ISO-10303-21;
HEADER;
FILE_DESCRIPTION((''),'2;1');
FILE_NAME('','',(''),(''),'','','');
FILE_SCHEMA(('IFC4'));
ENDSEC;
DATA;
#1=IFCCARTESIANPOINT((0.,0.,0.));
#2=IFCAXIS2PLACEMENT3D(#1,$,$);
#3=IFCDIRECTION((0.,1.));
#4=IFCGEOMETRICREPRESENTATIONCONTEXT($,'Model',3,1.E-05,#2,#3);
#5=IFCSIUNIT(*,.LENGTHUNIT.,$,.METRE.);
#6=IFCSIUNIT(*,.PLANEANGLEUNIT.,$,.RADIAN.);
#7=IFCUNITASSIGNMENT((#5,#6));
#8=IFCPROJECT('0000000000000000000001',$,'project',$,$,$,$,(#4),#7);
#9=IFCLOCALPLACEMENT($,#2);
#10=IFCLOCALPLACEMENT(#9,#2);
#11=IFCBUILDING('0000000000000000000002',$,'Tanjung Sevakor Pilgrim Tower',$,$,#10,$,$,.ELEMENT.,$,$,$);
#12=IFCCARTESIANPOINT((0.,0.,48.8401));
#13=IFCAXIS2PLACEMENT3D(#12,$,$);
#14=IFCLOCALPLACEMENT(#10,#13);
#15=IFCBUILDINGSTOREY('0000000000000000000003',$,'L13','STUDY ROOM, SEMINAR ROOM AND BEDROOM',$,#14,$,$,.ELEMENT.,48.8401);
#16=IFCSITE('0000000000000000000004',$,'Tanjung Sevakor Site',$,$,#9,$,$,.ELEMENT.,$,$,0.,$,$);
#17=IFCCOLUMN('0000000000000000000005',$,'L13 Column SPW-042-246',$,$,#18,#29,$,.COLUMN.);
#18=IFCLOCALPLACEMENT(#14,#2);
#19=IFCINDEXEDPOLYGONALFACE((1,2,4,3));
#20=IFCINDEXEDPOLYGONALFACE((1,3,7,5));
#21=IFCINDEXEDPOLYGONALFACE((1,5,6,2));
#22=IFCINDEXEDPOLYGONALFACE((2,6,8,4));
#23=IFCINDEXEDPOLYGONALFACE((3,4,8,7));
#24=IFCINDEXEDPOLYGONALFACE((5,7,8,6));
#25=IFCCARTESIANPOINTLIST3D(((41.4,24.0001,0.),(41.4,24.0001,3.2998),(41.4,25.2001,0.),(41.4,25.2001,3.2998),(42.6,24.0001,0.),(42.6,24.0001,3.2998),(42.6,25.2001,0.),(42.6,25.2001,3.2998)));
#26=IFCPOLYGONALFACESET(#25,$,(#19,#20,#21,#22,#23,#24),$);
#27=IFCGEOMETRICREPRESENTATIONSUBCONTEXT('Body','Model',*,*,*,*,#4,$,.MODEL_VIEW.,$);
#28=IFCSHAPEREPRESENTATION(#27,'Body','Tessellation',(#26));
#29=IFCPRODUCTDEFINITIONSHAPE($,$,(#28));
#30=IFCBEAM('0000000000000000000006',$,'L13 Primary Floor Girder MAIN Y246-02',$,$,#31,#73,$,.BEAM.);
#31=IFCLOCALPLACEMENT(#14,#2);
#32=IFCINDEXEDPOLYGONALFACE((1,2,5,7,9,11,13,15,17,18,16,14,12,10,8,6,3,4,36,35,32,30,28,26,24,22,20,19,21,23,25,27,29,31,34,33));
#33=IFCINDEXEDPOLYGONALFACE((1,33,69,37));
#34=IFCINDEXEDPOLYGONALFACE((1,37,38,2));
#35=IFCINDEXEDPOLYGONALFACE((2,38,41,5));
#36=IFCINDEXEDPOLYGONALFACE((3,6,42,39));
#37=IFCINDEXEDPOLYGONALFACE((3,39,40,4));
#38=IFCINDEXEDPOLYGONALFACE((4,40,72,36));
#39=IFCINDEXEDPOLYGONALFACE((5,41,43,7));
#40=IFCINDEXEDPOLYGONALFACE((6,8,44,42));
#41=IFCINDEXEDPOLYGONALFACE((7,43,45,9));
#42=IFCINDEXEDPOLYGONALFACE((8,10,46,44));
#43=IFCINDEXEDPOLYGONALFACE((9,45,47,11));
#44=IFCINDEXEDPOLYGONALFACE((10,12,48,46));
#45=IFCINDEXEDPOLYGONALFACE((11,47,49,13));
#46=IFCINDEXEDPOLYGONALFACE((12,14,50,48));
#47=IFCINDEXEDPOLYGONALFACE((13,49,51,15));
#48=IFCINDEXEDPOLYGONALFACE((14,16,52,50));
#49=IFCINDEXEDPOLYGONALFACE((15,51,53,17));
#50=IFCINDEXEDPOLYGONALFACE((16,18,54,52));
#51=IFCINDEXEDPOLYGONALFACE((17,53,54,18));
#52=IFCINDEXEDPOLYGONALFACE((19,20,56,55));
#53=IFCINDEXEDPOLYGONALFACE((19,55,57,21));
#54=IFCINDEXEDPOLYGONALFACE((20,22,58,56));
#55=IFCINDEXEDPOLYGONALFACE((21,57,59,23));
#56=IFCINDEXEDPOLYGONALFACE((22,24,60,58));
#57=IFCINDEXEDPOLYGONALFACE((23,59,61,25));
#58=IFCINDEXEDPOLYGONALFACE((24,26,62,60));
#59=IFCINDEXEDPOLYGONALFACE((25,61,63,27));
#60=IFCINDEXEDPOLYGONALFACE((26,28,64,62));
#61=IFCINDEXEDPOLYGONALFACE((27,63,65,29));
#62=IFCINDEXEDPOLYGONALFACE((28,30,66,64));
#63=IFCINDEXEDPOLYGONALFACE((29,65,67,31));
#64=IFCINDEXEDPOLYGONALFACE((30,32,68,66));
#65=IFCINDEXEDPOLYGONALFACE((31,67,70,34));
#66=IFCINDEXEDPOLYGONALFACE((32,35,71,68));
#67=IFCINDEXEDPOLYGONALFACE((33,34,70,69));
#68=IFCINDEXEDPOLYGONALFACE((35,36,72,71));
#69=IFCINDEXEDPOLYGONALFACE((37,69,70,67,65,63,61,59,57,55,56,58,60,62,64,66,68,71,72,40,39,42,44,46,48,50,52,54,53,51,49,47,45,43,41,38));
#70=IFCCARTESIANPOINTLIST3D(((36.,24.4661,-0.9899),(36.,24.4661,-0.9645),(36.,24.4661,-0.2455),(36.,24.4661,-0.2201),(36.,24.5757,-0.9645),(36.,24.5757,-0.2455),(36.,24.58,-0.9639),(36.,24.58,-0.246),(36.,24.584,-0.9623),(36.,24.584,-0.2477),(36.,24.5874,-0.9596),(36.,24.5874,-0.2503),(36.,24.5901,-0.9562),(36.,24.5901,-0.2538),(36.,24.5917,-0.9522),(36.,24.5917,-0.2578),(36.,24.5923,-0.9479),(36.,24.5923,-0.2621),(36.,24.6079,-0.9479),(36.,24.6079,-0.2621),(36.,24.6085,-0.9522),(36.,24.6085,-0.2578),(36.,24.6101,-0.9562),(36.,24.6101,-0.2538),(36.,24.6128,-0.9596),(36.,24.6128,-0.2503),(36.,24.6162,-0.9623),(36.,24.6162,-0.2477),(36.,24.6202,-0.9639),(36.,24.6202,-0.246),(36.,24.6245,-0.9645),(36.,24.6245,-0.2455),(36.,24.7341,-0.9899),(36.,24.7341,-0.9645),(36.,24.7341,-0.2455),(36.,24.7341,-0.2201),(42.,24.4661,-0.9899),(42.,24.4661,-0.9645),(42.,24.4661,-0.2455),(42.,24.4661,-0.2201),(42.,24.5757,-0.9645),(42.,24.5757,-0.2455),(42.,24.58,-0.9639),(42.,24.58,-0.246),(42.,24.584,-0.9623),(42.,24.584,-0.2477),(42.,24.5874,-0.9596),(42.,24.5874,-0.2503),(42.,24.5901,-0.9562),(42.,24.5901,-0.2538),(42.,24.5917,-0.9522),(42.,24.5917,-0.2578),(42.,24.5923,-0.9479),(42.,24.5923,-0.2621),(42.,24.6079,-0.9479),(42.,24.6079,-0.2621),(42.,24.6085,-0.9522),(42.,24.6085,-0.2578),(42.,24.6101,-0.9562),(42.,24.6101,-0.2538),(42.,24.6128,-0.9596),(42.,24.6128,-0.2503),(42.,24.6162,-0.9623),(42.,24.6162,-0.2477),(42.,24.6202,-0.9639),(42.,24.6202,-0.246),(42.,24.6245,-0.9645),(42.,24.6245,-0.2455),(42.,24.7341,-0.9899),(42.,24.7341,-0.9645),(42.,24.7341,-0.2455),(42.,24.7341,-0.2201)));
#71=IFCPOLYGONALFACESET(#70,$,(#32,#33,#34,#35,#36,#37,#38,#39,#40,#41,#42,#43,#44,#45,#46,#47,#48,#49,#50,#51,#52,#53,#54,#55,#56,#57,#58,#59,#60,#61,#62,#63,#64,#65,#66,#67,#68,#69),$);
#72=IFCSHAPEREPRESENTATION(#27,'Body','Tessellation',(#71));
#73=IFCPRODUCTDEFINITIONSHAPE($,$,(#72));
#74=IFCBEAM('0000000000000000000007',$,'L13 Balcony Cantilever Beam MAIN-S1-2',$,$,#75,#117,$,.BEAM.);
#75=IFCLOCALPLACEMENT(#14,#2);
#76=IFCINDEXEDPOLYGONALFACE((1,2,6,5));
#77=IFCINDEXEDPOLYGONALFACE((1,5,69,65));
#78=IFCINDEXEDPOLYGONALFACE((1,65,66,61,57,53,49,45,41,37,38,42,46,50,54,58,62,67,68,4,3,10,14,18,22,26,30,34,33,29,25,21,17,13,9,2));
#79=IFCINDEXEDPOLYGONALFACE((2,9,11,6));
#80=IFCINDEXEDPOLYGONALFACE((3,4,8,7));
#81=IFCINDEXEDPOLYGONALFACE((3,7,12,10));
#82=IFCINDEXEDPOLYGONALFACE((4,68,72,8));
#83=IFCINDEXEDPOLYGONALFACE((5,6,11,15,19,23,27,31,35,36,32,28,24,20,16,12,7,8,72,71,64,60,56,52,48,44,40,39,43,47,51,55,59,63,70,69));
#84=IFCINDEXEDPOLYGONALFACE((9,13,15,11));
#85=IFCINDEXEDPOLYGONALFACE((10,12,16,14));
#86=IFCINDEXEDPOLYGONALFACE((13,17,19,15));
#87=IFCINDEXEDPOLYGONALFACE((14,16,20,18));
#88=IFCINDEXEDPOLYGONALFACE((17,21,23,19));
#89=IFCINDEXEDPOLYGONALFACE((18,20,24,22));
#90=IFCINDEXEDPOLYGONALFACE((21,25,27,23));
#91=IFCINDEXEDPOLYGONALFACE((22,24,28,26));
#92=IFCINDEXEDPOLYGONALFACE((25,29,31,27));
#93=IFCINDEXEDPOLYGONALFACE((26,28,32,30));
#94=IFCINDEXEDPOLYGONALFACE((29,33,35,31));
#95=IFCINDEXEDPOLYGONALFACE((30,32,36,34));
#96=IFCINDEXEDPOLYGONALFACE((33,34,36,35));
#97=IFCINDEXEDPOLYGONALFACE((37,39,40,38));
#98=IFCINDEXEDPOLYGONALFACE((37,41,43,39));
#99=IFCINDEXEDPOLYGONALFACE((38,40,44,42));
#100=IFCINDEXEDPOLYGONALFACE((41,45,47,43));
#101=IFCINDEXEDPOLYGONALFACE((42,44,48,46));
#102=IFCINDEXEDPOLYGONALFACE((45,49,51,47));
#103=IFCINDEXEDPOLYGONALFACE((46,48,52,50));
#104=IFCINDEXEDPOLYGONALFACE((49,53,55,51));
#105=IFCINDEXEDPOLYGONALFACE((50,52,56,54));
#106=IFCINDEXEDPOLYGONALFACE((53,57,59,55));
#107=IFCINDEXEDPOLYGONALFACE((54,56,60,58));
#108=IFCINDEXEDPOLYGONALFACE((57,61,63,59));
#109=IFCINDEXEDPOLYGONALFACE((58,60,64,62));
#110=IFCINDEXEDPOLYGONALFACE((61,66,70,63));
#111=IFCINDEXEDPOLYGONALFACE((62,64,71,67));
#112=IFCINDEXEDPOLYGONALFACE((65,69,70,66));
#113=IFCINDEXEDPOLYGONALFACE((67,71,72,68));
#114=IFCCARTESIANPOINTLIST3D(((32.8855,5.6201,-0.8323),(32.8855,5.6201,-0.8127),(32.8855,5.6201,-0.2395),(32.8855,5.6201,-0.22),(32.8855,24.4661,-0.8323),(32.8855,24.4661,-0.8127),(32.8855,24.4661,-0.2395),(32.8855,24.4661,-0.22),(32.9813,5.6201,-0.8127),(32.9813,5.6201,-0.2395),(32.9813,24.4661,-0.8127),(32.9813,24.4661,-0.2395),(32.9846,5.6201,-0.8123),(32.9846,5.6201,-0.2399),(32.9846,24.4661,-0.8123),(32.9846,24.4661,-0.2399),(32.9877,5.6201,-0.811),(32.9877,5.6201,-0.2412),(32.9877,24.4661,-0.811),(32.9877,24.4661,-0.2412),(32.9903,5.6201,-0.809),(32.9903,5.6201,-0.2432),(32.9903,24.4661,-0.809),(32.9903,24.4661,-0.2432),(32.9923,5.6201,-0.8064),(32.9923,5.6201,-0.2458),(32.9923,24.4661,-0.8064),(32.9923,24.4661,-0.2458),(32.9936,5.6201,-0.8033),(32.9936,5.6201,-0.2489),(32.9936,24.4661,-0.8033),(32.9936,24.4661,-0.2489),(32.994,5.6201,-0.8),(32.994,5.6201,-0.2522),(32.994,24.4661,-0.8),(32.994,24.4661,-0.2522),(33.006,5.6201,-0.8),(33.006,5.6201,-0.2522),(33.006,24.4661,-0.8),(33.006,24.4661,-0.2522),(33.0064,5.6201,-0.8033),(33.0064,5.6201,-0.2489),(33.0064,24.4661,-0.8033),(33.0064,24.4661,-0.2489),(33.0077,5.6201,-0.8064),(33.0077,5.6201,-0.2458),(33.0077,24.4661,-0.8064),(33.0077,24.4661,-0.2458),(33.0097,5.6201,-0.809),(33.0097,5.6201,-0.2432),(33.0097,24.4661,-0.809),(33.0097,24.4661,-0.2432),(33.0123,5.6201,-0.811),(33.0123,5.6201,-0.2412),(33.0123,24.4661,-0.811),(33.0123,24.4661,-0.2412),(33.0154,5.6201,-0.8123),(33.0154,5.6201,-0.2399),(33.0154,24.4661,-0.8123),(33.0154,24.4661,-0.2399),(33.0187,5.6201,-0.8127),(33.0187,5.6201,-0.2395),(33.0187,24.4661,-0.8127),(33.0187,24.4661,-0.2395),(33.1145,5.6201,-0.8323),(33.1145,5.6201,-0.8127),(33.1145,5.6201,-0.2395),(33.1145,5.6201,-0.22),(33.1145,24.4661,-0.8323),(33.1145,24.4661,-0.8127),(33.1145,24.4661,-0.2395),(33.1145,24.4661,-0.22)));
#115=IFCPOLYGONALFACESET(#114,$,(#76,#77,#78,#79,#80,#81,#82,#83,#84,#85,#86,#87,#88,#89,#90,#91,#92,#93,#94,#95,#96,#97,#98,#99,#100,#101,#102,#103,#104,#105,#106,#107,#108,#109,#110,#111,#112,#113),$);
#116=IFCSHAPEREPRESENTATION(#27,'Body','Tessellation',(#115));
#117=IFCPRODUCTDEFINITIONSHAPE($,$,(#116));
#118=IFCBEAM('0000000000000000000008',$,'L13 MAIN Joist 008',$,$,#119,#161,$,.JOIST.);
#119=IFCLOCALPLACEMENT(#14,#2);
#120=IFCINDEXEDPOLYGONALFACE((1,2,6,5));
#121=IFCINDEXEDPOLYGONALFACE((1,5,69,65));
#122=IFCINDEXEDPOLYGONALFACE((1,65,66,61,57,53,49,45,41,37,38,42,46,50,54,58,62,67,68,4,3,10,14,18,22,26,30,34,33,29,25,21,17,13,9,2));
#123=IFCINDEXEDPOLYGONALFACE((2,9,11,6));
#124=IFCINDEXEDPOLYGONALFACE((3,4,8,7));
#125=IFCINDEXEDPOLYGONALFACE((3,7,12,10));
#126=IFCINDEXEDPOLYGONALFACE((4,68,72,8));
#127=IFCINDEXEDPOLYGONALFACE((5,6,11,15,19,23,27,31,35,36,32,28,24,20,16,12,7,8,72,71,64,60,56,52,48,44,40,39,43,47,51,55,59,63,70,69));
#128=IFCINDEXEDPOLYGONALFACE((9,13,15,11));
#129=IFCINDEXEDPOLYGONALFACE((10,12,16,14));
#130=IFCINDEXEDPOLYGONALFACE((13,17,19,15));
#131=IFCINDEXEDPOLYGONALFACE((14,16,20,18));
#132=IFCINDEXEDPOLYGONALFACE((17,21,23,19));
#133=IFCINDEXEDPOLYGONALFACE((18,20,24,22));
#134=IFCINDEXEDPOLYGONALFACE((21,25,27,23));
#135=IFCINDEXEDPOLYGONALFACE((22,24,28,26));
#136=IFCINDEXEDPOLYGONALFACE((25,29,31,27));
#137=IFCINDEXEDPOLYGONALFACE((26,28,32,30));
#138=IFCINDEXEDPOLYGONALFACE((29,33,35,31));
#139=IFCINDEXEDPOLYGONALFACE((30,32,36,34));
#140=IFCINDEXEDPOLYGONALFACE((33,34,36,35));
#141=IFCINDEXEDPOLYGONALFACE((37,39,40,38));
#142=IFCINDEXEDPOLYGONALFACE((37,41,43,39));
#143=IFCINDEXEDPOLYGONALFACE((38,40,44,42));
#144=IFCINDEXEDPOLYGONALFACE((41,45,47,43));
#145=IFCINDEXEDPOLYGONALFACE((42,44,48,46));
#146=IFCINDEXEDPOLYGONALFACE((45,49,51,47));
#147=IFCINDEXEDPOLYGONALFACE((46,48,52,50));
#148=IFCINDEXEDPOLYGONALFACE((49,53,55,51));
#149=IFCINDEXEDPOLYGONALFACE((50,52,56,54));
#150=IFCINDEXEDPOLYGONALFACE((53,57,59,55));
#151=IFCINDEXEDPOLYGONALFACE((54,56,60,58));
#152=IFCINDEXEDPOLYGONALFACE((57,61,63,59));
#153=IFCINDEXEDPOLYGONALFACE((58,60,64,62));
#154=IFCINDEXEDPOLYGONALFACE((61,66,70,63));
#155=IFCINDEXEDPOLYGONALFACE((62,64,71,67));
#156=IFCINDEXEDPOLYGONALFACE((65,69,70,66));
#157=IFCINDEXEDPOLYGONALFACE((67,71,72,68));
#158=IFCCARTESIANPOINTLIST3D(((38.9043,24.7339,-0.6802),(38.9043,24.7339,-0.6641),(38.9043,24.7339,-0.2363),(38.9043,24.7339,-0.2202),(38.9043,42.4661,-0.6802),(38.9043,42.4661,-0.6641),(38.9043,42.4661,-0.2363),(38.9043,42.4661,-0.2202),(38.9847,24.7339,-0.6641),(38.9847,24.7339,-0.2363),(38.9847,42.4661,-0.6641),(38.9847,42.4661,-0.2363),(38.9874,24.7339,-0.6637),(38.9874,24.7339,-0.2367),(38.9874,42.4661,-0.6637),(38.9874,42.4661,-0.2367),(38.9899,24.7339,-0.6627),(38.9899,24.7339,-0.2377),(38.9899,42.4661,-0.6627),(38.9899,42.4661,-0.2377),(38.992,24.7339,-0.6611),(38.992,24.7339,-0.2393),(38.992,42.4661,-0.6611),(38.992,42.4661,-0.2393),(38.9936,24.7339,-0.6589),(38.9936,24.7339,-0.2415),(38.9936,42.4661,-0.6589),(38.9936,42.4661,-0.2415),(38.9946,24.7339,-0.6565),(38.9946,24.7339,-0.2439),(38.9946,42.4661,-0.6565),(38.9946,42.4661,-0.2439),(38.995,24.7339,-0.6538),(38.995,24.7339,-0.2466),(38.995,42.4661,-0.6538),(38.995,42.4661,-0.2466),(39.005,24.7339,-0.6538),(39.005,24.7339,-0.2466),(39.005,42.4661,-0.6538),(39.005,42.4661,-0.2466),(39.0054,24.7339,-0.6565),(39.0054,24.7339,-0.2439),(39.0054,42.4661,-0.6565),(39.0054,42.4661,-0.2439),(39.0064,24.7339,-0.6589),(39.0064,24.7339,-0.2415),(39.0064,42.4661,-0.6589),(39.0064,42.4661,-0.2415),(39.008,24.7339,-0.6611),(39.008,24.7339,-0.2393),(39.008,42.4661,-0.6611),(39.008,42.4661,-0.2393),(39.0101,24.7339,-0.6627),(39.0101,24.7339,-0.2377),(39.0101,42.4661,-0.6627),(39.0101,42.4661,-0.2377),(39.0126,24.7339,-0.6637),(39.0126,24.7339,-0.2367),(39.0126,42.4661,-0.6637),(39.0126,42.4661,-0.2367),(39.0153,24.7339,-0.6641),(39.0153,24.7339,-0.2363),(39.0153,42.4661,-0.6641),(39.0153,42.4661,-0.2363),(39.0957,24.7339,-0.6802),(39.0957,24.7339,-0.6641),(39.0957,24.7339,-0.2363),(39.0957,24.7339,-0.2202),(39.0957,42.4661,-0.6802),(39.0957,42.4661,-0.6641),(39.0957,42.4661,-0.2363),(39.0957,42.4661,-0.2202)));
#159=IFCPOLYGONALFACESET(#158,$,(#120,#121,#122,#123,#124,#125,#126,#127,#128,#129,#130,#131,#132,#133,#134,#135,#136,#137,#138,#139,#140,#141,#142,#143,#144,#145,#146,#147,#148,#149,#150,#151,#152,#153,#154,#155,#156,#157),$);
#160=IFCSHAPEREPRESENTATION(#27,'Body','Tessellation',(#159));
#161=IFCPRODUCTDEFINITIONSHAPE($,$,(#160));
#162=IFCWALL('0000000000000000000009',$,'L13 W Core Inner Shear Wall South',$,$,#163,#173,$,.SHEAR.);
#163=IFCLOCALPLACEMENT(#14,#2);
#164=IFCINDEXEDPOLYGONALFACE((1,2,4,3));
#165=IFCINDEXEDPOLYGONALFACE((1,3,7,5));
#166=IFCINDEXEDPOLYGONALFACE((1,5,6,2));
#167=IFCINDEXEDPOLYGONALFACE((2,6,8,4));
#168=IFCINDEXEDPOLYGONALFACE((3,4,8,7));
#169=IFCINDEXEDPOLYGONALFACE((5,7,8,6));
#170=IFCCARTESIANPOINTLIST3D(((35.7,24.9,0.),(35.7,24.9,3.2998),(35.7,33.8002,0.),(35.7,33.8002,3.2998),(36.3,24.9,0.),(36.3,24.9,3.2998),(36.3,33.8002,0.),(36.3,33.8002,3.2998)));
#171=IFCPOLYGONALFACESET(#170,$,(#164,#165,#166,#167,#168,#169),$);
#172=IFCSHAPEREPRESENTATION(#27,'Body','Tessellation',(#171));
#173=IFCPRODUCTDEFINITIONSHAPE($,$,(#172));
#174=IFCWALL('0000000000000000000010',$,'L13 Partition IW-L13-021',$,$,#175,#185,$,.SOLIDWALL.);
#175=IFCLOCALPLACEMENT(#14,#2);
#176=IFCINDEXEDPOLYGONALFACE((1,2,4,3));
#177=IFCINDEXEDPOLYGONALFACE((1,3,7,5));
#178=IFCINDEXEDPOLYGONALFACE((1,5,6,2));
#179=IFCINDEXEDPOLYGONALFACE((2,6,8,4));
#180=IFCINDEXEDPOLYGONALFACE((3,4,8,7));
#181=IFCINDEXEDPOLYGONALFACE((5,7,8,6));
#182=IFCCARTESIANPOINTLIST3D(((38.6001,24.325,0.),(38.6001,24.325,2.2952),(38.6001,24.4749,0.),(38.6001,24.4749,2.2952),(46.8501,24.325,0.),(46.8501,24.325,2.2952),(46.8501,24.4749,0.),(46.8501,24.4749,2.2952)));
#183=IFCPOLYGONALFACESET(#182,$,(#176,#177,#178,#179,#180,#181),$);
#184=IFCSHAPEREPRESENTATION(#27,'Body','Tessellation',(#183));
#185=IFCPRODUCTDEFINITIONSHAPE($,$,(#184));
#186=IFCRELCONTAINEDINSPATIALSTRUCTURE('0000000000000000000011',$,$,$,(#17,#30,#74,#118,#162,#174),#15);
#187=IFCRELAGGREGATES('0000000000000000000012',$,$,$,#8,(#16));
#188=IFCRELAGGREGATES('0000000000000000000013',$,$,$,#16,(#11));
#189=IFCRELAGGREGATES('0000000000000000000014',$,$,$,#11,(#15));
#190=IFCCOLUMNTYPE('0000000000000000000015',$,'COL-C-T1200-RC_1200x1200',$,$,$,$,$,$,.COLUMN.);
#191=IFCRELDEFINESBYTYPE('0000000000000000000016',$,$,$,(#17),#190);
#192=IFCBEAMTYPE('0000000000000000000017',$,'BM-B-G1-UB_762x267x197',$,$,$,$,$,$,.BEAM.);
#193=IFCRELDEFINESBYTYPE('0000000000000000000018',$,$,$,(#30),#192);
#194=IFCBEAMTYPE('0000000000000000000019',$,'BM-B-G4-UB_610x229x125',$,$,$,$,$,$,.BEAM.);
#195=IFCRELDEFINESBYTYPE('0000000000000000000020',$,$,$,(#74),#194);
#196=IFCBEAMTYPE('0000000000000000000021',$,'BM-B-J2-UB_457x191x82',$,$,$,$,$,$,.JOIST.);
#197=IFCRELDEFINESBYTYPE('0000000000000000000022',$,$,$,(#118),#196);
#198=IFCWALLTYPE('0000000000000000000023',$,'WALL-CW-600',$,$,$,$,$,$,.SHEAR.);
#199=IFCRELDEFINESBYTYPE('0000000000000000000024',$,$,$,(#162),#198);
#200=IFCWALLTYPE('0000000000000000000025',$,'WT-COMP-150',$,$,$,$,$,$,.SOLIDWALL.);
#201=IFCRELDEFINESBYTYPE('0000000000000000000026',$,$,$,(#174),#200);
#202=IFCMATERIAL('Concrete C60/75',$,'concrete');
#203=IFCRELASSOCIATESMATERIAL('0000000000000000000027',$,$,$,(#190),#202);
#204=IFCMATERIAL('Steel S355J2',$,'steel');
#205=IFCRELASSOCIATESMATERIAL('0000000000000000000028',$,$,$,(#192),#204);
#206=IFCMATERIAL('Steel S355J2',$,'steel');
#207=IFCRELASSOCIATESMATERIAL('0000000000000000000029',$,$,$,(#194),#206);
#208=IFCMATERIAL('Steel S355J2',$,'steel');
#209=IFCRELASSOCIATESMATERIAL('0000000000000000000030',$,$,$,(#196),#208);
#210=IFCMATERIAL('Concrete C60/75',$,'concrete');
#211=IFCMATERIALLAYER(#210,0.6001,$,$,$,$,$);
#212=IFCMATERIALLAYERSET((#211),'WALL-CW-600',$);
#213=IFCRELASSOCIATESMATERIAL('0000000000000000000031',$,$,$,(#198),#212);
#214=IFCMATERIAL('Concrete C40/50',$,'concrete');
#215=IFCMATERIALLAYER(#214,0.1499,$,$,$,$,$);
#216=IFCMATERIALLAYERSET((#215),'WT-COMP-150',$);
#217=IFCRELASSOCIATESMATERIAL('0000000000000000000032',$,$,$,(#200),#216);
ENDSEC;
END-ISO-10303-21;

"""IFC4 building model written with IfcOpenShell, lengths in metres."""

from ifc_helpers import new_model, si_unit, direction, frame, frame_2d, origin, origin_2d, place, context, subcontext, project, spatial, rectangle, i_section, extrude, material, layer, layer_set, material_profile, profile_set, type_object, element, save


model = new_model("IFC4")

# Units and contexts
model_context = context("Model", 3, precision=1e-05, world=origin(), true_north=direction((0.0, 1.0)))
body_context = subcontext(model_context, "Body", "Model", "MODEL_VIEW")
ifc_project = project(units=[si_unit("LENGTHUNIT", "METRE"), si_unit("PLANEANGLEUNIT", "RADIAN")], contexts=[model_context])

# Site, building, storey
site_placement = place(None, origin())
site = spatial("IfcSite", under=ifc_project, at=site_placement, Name="Tanjung Sevakor Site", CompositionType="ELEMENT", RefElevation=0.0)
building_placement = place(site_placement, origin())
building = spatial("IfcBuilding", under=site, at=building_placement, Name="Tanjung Sevakor Pilgrim Tower", CompositionType="ELEMENT")
storey_placement = place(building_placement, frame((0.0, 0.0, 48.8401)))
storey = spatial("IfcBuildingStorey", under=building, at=storey_placement, Name="L13", Description="STUDY ROOM, SEMINAR ROOM AND BEDROOM", CompositionType="ELEMENT", Elevation=48.8401)

# Column
ifc_material_1 = material(Name="Concrete C60/75", Category="concrete")
ifc_material_profile_1 = material_profile(ifc_material_1, rectangle(XDim=1.2, YDim=1.2, at=origin_2d()))
ifc_profile_set_1 = profile_set([ifc_material_profile_1], Name="Concrete C60/75")
column_type = type_object("IfcColumnType", Name="COL-C-T1200-RC_1200x1200", PredefinedType="COLUMN", material=ifc_profile_set_1)
column_placement = place(storey_placement, frame((42.0, 24.6001, 0.0), z_axis=(0.0, 0.0, 1.0), x_axis=(1.0, 0.0, 0.0)))
element("IfcColumn", 1, at=column_placement, inside=storey, type_object=column_type, Name="L13 Column SPW-042-246", PredefinedType="COLUMN", context=body_context, shape_type="SweptSolid", body=[
    extrude(rectangle(XDim=1.2, YDim=1.2, at=origin_2d()), origin(), (0.0, 0.0, 1.0), 3.2998),
])

# Beams
ifc_material_2 = material(Name="Steel S355J2", Category="steel")
ifc_material_profile_2 = material_profile(ifc_material_2, i_section(OverallWidth=0.2681, OverallDepth=0.7698, WebThickness=0.0156, FlangeThickness=0.0254, FilletRadius=0.0166, at=origin_2d()))
ifc_profile_set_2 = profile_set([ifc_material_profile_2], Name="Steel S355J2")
beam_type_1 = type_object("IfcBeamType", Name="BM-B-G1-UB_762x267x197", PredefinedType="BEAM", material=ifc_profile_set_2)
beam_1_placement = place(storey_placement, frame((36.0, 24.6001, -0.605), z_axis=(1.0, 0.0, 0.0), x_axis=(0.0, 1.0, 0.0)))
element("IfcBeam", 2, at=beam_1_placement, inside=storey, type_object=beam_type_1, Name="L13 Primary Floor Girder MAIN Y246-02", PredefinedType="BEAM", context=body_context, shape_type="SweptSolid", body=[
    extrude(i_section(OverallWidth=0.2681, OverallDepth=0.7698, WebThickness=0.0156, FlangeThickness=0.0254, FilletRadius=0.0166, at=origin_2d()), origin(), (0.0, 0.0, 1.0), 6.0),
])
ifc_material_3 = material(Name="Steel S355J2", Category="steel")
ifc_material_profile_3 = material_profile(ifc_material_3, i_section(OverallWidth=0.229, OverallDepth=0.6123, WebThickness=0.012, FlangeThickness=0.0195, FilletRadius=0.0127, at=origin_2d()))
ifc_profile_set_3 = profile_set([ifc_material_profile_3], Name="Steel S355J2")
beam_type_2 = type_object("IfcBeamType", Name="BM-B-G4-UB_610x229x125", PredefinedType="BEAM", material=ifc_profile_set_3)
beam_2_placement = place(storey_placement, frame((33.0, 24.4661, -0.5261), z_axis=(0.0, -1.0, 0.0), x_axis=(1.0, 0.0, 0.0)))
element("IfcBeam", 3, at=beam_2_placement, inside=storey, type_object=beam_type_2, Name="L13 Balcony Cantilever Beam MAIN-S1-2", PredefinedType="BEAM", context=body_context, shape_type="SweptSolid", body=[
    extrude(i_section(OverallWidth=0.229, OverallDepth=0.6123, WebThickness=0.012, FlangeThickness=0.0195, FilletRadius=0.0127, at=origin_2d()), origin(), (0.0, 0.0, 1.0), 18.8459),
])
ifc_material_4 = material(Name="Steel S355J2", Category="steel")
ifc_material_profile_4 = material_profile(ifc_material_4, i_section(OverallWidth=0.1914, OverallDepth=0.46, WebThickness=0.01, FlangeThickness=0.0161, FilletRadius=0.0103, at=origin_2d()))
ifc_profile_set_4 = profile_set([ifc_material_profile_4], Name="Steel S355J2")
beam_type_3 = type_object("IfcBeamType", Name="BM-B-J2-UB_457x191x82", PredefinedType="JOIST", material=ifc_profile_set_4)
beam_3_placement = place(storey_placement, frame((39.0, 24.7339, -0.4502), z_axis=(0.0, 1.0, 0.0), x_axis=(-1.0, 0.0, 0.0)))
element("IfcBeam", 4, at=beam_3_placement, inside=storey, type_object=beam_type_3, Name="L13 MAIN Joist 008", PredefinedType="JOIST", context=body_context, shape_type="SweptSolid", body=[
    extrude(i_section(OverallWidth=0.1914, OverallDepth=0.46, WebThickness=0.01, FlangeThickness=0.0161, FilletRadius=0.0103, at=origin_2d()), origin(), (0.0, 0.0, 1.0), 17.7322),
])

# Wall
ifc_material_5 = material(Name="Concrete C60/75", Category="concrete")
ifc_layer_1 = layer(ifc_material_5, 0.6001)
ifc_layer_set_1 = layer_set([ifc_layer_1], Name="WALL-CW-600")
wall_type_1 = type_object("IfcWallType", Name="WALL-CW-600", PredefinedType="SHEAR", material=ifc_layer_set_1)
wall_1_placement = place(storey_placement, frame((36.0, 24.8999, 0.0), z_axis=(0.0, 0.0, 1.0), x_axis=(0.0, 1.0, 0.0)))
element("IfcWall", 5, at=wall_1_placement, inside=storey, type_object=wall_type_1, Name="L13 W Core Inner Shear Wall South", PredefinedType="SHEAR", context=body_context, shape_type="SweptSolid", body=[
    extrude(rectangle(XDim=8.9001, YDim=0.6001, at=frame_2d((4.4502, 0.0))), origin(), (0.0, 0.0, 1.0), 3.2998),
])

# Shared definitions
ifc_material_6 = material(Name="Concrete C40/50", Category="concrete")
ifc_layer_2 = layer(ifc_material_6, 0.1499)
ifc_layer_set_2 = layer_set([ifc_layer_2], Name="WT-COMP-150")
wall_type_2 = type_object("IfcWallType", Name="WT-COMP-150", PredefinedType="SOLIDWALL", material=ifc_layer_set_2)

# Wall
wall_2_placement = place(storey_placement, frame((38.6001, 24.3999, 0.0), z_axis=(0.0, 0.0, 1.0), x_axis=(1.0, 0.0, 0.0)))
element("IfcWall", 6, at=wall_2_placement, inside=storey, type_object=wall_type_2, Name="L13 Partition IW-L13-021", PredefinedType="SOLIDWALL", context=body_context, shape_type="SweptSolid", body=[
    extrude(rectangle(XDim=8.25, YDim=0.1499, at=frame_2d((4.125, 0.0))), origin(), (0.0, 0.0, 1.0), 2.2952),
])

save(model, "model.ifc")
